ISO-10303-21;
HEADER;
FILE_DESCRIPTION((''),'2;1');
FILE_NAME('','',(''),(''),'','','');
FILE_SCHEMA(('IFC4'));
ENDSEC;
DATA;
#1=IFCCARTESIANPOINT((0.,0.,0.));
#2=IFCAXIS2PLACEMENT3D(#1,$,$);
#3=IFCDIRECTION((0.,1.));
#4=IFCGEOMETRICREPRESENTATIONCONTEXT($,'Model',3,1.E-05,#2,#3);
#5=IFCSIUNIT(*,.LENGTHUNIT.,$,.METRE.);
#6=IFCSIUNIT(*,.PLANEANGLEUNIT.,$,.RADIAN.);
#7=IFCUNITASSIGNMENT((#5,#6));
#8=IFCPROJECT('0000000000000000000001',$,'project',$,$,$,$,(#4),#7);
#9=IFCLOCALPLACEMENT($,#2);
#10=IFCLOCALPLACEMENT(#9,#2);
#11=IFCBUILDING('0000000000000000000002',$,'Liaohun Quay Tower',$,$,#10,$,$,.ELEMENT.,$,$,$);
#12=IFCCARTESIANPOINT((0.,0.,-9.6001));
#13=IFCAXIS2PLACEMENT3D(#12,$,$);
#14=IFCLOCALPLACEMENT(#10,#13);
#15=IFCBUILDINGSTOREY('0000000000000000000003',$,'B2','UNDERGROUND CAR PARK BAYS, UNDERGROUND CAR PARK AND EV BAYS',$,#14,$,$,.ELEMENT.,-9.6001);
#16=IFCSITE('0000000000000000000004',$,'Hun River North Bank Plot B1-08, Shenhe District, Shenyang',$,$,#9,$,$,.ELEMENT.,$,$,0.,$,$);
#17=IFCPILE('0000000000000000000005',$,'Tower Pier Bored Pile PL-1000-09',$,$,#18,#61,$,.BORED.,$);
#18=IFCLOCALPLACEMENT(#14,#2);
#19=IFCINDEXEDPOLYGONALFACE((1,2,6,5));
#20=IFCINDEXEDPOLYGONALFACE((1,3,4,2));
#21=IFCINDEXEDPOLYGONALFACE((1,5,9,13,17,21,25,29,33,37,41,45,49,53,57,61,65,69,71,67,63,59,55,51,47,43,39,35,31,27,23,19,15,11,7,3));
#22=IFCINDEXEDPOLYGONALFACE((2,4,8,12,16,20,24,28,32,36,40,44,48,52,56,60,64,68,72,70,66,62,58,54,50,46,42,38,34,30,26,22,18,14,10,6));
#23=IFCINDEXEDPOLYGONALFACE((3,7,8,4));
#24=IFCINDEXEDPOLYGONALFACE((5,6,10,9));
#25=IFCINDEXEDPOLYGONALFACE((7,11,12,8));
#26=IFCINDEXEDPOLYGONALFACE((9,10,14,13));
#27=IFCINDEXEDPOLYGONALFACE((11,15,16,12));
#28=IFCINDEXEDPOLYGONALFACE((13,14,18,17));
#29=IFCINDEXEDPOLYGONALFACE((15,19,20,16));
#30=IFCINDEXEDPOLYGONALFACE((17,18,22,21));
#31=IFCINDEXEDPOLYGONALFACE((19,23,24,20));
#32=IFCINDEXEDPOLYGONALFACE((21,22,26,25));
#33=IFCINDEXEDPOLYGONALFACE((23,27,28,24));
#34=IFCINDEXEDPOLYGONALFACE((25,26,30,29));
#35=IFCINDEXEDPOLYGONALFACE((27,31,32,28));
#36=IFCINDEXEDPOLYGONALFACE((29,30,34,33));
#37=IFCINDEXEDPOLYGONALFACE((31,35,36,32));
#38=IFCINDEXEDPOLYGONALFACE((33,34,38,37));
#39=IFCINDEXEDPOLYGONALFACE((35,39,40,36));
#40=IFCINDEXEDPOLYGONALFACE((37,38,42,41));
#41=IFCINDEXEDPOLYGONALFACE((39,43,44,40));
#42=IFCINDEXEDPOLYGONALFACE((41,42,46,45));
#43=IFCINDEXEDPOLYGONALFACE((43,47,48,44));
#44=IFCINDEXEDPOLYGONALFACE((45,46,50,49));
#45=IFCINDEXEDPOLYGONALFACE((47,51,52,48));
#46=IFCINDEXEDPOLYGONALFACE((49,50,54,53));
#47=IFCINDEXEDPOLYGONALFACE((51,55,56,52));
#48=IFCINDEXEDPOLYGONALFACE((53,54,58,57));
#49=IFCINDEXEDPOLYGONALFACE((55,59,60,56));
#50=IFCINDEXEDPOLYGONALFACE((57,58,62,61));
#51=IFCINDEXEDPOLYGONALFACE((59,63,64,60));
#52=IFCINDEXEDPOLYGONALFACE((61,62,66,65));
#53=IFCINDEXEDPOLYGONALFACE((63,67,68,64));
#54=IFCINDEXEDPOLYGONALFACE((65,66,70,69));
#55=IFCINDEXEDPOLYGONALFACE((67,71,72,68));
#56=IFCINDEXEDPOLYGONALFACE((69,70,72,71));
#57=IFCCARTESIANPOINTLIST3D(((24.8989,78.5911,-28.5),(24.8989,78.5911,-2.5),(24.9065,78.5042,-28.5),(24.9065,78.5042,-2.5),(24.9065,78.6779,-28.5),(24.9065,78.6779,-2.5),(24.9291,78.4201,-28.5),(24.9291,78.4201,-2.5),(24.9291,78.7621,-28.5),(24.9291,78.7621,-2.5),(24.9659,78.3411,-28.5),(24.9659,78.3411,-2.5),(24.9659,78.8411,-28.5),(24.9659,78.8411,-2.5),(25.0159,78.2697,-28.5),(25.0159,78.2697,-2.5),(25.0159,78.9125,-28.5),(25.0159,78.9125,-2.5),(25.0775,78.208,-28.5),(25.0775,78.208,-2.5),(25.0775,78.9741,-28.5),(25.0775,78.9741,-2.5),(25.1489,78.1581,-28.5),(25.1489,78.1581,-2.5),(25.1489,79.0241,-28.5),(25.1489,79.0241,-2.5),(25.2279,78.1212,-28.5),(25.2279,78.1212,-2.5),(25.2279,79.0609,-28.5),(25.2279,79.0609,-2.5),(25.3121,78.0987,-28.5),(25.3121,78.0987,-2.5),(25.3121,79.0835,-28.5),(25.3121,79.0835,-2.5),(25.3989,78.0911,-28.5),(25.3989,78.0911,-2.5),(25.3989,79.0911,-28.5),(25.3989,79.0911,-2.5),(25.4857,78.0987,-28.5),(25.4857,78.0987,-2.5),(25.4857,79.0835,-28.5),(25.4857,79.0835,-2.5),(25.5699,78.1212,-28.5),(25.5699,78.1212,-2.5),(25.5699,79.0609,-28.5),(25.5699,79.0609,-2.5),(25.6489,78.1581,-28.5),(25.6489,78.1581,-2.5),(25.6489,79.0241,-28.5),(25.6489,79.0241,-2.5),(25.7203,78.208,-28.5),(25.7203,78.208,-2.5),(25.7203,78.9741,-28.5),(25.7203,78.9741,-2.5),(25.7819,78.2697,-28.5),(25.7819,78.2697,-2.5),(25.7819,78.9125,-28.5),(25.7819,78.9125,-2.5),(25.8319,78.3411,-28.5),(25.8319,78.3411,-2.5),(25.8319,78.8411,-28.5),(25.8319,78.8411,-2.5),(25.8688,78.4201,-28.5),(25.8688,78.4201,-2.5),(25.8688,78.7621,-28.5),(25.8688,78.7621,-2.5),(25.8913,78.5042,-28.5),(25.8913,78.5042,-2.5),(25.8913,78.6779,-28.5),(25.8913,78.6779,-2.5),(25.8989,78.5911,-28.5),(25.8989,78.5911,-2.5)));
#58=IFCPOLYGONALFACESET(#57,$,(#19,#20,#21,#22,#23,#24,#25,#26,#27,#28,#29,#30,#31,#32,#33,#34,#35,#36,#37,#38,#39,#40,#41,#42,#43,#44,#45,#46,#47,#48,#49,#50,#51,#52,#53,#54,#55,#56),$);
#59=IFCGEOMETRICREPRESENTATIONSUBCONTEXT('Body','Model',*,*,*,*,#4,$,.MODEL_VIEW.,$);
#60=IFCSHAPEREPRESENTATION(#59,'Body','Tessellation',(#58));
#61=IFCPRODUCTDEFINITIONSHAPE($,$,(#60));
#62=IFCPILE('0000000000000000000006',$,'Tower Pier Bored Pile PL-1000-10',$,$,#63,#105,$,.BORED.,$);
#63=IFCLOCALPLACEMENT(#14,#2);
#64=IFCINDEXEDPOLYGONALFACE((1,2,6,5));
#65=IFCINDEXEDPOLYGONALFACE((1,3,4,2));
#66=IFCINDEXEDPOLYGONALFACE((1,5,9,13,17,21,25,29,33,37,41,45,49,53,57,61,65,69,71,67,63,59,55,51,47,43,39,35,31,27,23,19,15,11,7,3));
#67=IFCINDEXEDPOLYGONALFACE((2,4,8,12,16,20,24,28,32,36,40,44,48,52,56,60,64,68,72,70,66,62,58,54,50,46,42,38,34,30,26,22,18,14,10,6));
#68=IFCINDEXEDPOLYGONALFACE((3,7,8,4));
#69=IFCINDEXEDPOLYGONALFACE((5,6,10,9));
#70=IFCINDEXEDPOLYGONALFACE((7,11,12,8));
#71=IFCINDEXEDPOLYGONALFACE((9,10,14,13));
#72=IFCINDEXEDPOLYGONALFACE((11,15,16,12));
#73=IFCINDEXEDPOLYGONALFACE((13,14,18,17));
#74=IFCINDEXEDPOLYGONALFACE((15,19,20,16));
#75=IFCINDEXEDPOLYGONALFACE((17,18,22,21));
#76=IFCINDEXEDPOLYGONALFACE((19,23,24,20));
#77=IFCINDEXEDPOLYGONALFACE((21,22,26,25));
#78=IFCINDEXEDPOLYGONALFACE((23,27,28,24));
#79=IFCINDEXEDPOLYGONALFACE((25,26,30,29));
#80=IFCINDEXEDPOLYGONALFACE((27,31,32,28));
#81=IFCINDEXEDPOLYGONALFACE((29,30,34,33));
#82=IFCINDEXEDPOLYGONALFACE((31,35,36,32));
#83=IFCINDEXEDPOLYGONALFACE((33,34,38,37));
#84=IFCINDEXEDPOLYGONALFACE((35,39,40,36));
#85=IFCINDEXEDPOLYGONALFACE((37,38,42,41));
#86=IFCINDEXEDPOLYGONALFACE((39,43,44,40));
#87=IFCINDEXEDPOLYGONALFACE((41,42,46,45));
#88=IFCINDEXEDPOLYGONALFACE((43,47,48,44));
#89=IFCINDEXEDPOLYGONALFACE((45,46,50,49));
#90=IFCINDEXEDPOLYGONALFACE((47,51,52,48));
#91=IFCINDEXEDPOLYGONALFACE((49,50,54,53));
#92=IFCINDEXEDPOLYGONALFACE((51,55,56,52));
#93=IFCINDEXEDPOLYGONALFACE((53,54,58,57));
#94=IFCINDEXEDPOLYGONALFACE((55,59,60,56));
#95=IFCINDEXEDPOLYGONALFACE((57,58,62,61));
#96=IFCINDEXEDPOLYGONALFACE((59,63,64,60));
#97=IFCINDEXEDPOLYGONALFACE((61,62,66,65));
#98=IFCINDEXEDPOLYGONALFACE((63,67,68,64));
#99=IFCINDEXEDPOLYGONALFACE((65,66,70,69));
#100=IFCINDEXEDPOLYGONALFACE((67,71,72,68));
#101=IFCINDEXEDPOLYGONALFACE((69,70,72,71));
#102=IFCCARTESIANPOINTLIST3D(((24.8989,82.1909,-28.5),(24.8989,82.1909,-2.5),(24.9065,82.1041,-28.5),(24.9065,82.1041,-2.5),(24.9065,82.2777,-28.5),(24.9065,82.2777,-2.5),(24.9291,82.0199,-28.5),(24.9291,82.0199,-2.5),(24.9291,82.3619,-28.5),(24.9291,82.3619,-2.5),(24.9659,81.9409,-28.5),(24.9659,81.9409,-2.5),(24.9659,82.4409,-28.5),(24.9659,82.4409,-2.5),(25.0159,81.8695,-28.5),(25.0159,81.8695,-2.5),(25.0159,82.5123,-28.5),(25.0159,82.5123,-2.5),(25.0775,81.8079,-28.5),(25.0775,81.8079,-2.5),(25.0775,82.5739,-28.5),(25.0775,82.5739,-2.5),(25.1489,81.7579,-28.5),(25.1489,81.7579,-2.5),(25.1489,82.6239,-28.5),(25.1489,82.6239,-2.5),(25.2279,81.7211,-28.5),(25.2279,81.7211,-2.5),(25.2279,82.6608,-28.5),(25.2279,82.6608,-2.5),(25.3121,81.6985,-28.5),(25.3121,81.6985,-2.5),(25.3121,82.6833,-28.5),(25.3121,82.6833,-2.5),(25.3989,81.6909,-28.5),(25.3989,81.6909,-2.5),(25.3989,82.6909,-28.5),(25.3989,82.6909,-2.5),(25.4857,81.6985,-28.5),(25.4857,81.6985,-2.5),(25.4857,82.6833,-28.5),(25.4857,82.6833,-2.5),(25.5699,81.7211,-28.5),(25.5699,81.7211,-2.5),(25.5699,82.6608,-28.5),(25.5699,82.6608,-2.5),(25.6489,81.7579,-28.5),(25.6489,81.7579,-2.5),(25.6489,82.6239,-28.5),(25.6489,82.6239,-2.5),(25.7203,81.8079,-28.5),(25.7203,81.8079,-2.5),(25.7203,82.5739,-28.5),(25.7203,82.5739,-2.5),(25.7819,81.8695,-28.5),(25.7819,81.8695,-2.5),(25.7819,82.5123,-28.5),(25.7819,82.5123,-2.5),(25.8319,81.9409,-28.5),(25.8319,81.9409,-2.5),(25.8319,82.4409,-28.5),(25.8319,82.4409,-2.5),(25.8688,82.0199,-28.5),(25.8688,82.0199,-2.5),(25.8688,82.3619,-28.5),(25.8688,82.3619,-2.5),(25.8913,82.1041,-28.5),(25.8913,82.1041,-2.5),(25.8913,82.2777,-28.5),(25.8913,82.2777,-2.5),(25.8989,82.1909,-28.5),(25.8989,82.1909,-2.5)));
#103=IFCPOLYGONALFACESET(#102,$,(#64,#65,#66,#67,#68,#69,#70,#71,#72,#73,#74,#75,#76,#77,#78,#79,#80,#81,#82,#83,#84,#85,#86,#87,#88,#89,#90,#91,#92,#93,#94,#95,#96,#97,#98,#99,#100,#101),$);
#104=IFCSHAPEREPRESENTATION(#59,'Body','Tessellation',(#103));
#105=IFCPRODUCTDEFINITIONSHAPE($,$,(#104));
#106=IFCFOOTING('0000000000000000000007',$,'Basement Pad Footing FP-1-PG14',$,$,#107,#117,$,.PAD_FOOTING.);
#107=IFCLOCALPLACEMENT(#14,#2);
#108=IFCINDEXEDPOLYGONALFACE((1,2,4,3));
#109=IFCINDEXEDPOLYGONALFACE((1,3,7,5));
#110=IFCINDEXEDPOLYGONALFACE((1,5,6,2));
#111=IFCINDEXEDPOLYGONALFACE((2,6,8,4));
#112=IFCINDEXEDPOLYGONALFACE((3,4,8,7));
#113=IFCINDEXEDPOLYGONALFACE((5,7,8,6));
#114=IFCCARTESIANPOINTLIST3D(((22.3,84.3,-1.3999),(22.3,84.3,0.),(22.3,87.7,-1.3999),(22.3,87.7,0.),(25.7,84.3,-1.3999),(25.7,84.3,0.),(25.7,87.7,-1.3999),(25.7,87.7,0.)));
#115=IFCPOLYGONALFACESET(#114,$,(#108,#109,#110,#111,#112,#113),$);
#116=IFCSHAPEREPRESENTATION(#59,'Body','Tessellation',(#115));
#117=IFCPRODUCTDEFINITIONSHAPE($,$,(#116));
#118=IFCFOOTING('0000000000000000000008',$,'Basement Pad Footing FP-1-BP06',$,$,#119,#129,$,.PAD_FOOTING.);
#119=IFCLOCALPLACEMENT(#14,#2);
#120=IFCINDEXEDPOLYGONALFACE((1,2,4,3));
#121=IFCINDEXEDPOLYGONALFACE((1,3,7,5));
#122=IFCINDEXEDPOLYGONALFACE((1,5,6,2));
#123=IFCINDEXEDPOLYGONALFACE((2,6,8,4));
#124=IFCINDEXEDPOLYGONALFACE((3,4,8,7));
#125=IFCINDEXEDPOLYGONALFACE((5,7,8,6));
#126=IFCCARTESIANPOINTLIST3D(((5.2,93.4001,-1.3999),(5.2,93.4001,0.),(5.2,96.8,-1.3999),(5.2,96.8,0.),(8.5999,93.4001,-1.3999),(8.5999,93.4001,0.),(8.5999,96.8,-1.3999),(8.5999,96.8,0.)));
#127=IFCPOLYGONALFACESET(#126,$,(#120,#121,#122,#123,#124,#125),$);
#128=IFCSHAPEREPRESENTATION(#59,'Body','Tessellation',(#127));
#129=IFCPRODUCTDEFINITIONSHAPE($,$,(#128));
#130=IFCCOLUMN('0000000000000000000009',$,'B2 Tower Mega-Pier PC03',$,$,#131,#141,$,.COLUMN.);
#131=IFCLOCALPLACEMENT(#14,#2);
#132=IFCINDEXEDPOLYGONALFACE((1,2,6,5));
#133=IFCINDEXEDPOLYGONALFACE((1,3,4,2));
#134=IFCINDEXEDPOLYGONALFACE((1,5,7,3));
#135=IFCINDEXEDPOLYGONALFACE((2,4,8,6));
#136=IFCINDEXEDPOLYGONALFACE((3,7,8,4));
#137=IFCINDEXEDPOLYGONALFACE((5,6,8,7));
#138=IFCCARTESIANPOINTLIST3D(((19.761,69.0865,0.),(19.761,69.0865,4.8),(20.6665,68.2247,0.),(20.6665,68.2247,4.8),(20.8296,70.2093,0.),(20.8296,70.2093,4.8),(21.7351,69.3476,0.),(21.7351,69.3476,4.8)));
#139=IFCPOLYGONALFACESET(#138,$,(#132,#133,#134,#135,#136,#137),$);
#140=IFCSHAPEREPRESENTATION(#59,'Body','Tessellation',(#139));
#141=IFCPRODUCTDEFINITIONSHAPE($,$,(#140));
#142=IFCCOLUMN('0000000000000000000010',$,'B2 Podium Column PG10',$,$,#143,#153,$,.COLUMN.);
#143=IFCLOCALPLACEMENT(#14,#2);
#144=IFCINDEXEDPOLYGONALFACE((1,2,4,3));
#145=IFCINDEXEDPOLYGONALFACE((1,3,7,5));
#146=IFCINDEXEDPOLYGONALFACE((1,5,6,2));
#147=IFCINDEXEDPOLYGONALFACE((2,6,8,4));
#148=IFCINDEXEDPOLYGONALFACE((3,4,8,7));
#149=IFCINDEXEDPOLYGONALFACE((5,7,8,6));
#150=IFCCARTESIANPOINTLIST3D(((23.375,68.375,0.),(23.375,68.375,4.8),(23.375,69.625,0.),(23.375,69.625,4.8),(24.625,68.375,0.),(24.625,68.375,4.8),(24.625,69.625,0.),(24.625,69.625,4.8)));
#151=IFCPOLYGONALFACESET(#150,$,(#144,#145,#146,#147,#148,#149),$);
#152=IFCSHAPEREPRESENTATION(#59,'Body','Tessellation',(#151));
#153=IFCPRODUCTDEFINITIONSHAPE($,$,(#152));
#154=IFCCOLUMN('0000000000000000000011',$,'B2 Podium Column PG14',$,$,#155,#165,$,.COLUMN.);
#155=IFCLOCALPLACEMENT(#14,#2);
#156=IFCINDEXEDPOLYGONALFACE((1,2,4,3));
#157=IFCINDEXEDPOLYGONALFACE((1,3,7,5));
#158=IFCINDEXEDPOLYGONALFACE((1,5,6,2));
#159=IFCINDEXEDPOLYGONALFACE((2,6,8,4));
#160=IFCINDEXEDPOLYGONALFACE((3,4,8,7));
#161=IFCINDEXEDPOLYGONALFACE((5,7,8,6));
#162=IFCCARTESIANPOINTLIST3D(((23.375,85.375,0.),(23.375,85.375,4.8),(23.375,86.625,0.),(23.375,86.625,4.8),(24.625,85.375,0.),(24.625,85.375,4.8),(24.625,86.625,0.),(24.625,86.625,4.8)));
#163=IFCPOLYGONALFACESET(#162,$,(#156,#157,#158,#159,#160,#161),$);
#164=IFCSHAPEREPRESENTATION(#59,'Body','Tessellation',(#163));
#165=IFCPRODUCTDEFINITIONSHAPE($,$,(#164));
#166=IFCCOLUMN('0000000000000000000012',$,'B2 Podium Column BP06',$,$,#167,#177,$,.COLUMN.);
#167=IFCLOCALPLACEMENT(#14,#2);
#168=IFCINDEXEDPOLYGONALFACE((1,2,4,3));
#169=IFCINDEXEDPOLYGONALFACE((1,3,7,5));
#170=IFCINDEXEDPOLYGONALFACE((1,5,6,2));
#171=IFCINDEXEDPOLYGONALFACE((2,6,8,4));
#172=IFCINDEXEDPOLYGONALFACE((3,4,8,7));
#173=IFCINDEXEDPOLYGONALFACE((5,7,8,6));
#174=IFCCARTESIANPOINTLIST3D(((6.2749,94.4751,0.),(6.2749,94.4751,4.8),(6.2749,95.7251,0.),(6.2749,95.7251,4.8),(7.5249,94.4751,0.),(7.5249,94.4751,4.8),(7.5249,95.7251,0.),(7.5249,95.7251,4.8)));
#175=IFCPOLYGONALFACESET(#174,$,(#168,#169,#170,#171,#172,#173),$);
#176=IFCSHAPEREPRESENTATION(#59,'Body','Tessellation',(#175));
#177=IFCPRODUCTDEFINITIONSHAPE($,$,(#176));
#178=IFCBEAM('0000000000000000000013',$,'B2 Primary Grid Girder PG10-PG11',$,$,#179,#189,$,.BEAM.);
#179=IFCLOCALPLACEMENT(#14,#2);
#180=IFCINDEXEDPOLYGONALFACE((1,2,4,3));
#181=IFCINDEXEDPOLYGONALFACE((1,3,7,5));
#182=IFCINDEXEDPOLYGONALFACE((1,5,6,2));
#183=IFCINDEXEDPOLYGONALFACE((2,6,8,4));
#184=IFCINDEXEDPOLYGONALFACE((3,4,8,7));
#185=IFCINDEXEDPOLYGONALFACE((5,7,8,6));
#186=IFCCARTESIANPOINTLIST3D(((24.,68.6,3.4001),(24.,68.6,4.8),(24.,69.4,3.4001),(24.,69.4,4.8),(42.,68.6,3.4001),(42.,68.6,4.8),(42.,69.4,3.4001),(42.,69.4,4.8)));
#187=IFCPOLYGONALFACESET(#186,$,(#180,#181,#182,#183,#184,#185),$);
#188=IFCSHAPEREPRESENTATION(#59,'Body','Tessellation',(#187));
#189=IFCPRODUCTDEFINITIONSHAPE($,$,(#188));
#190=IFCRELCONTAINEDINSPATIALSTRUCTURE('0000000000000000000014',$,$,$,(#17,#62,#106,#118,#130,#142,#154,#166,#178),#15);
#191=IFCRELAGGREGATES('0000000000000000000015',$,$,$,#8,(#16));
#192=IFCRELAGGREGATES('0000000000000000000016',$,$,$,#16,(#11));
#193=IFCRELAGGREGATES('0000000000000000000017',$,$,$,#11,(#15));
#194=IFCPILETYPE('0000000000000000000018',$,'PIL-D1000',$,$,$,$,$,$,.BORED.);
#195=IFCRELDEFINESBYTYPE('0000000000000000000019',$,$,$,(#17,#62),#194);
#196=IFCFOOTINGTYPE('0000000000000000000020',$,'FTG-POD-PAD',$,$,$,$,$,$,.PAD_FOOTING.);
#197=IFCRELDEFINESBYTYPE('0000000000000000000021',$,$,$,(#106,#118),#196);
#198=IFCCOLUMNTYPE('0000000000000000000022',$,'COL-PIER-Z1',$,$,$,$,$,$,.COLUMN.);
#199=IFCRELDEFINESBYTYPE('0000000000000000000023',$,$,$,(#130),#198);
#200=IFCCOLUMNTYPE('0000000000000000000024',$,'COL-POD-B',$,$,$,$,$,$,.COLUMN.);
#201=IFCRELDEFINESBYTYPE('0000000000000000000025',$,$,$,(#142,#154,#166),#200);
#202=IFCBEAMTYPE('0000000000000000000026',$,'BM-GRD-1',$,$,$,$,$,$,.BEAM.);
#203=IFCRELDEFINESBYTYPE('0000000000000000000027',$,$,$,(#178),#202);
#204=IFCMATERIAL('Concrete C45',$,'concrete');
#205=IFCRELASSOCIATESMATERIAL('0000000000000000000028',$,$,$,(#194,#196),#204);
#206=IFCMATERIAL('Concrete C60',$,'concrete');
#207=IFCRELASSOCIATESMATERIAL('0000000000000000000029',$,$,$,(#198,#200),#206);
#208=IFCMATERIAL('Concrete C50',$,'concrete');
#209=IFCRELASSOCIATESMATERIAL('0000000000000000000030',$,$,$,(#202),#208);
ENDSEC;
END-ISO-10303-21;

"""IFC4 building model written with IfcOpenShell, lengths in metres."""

from ifc_helpers import new_model, si_unit, direction, frame, origin, origin_2d, place, context, subcontext, project, spatial, rectangle, circle, extrude, source, transform, mapped, material, material_profile, profile_set, type_object, element, save


model = new_model("IFC4")

# Units and contexts
model_context = context("Model", 3, precision=1e-05, world=origin(), true_north=direction((0.0, 1.0)))
body_context = subcontext(model_context, "Body", "Model", "MODEL_VIEW")
ifc_project = project(units=[si_unit("LENGTHUNIT", "METRE"), si_unit("PLANEANGLEUNIT", "RADIAN")], contexts=[model_context])

# Site, building, storey
site_placement = place(None, origin())
site = spatial("IfcSite", under=ifc_project, at=site_placement, Name="Hun River North Bank Plot B1-08, Shenhe District, Shenyang", CompositionType="ELEMENT", RefElevation=0.0)
building_placement = place(site_placement, origin())
building = spatial("IfcBuilding", under=site, at=building_placement, Name="Liaohun Quay Tower", CompositionType="ELEMENT")
storey_placement = place(building_placement, frame((0.0, 0.0, -9.6001)))
storey = spatial("IfcBuildingStorey", under=building, at=storey_placement, Name="B2", Description="UNDERGROUND CAR PARK BAYS, UNDERGROUND CAR PARK AND EV BAYS", CompositionType="ELEMENT", Elevation=-9.6001)

# Shared definitions
ifc_material_1 = material(Name="Concrete C50", Category="concrete")

# Piles
ifc_material_2 = material(Name="Concrete C45", Category="concrete")
ifc_material_profile_1 = material_profile(ifc_material_2, circle(Radius=0.5, at=origin_2d()), Name="PILE-D1000")
ifc_profile_set_1 = profile_set([ifc_material_profile_1], Name="Concrete C45")
pile_type = type_object("IfcPileType", Name="PIL-D1000", PredefinedType="BORED", material=ifc_profile_set_1)
shared_shape_1 = source(origin(), body_context, "Body", "SweptSolid", [
    extrude(circle(Radius=0.5, at=origin_2d()), origin(), (0.0, 0.0, 1.0), 26.0),
])
for number, where, z_axis, x_axis, name in (
    (1, (25.3989, 78.5911, -2.5), (0.0, 0.0, -1.0), (1.0, 0.0, 0.0), "Tower Pier Bored Pile PL-1000-09"),
    (2, (25.3989, 82.1909, -2.5), (0.0, 0.0, -1.0), (1.0, 0.0, 0.0), "Tower Pier Bored Pile PL-1000-10"),
):
    element("IfcPile", number, at=place(storey_placement, frame(where, z_axis=z_axis, x_axis=x_axis)), inside=storey, type_object=pile_type, Name=name, PredefinedType="BORED", context=body_context, shape_type="MappedRepresentation", body=[
        mapped(shared_shape_1, transform((0.0, 0.0, 0.0), x_axis=(1.0, 0.0, 0.0), y_axis=(0.0, 1.0, 0.0), z_axis=(0.0, 0.0, 1.0), scale=1.0)),
    ])

# Footings
footing_type_1 = type_object("IfcFootingType", Name="FTG-POD-PAD", PredefinedType="PAD_FOOTING", material=ifc_material_2)
shared_shape_2 = source(origin(), body_context, "Body", "SweptSolid", [
    extrude(rectangle(XDim=3.3999, YDim=3.3999, at=origin_2d()), origin(), (0.0, 0.0, 1.0), 1.3999),
])
for number, where, z_axis, x_axis, name in (
    (3, (24.0, 86.0, -1.3999), (0.0, 0.0, 1.0), (1.0, 0.0, 0.0), "Basement Pad Footing FP-1-PG14"),
    (4, (6.8999, 95.1001, -1.3999), (0.0, 0.0, 1.0), (1.0, 0.0, 0.0), "Basement Pad Footing FP-1-BP06"),
):
    element("IfcFooting", number, at=place(storey_placement, frame(where, z_axis=z_axis, x_axis=x_axis)), inside=storey, type_object=footing_type_1, Name=name, PredefinedType="PAD_FOOTING", context=body_context, shape_type="MappedRepresentation", body=[
        mapped(shared_shape_2, transform((0.0, 0.0, 0.0), x_axis=(1.0, 0.0, 0.0), y_axis=(0.0, 1.0, 0.0), z_axis=(0.0, 0.0, 1.0), scale=1.0)),
    ])

# Columns
ifc_material_3 = material(Name="Concrete C60", Category="concrete")
ifc_material_profile_2 = material_profile(ifc_material_3, rectangle(XDim=1.55, YDim=1.25, at=origin_2d()), Name="RC1550x1250")
ifc_profile_set_2 = profile_set([ifc_material_profile_2], Name="Concrete C60")
column_type_1 = type_object("IfcColumnType", Name="COL-PIER-Z1", PredefinedType="COLUMN", material=ifc_profile_set_2)
shared_shape_3 = source(origin(), body_context, "Body", "SweptSolid", [
    extrude(rectangle(XDim=1.55, YDim=1.25, at=origin_2d()), origin(), (0.0, 0.0, 1.0), 4.8),
])
column_placement = place(storey_placement, frame((20.748, 69.217, 0.0), z_axis=(0.0, 0.0, 1.0), x_axis=(0.689367, 0.724413, 0.0)))
element("IfcColumn", 5, at=column_placement, inside=storey, type_object=column_type_1, Name="B2 Tower Mega-Pier PC03", PredefinedType="COLUMN", context=body_context, shape_type="MappedRepresentation", body=[
    mapped(shared_shape_3, transform((0.0, 0.0, 0.0), x_axis=(1.0, 0.0, 0.0), y_axis=(0.0, 1.0, 0.0), z_axis=(0.0, 0.0, 1.0), scale=1.0)),
])
ifc_material_profile_3 = material_profile(ifc_material_3, rectangle(XDim=1.25, YDim=1.25, at=origin_2d()), Name="RC1250x1250")
ifc_profile_set_3 = profile_set([ifc_material_profile_3], Name="Concrete C60")
column_type_2 = type_object("IfcColumnType", Name="COL-POD-B", PredefinedType="COLUMN", material=ifc_profile_set_3)
shared_shape_4 = source(origin(), body_context, "Body", "SweptSolid", [
    extrude(rectangle(XDim=1.25, YDim=1.25, at=origin_2d()), origin(), (0.0, 0.0, 1.0), 4.8),
])
for number, where, z_axis, x_axis, name in (
    (6, (24.0, 69.0, 0.0), (0.0, 0.0, 1.0), (1.0, 0.0, 0.0), "B2 Podium Column PG10"),
    (7, (24.0, 86.0, 0.0), (0.0, 0.0, 1.0), (1.0, 0.0, 0.0), "B2 Podium Column PG14"),
    (8, (6.8999, 95.1001, 0.0), (0.0, 0.0, 1.0), (1.0, 0.0, 0.0), "B2 Podium Column BP06"),
):
    element("IfcColumn", number, at=place(storey_placement, frame(where, z_axis=z_axis, x_axis=x_axis)), inside=storey, type_object=column_type_2, Name=name, PredefinedType="COLUMN", context=body_context, shape_type="MappedRepresentation", body=[
        mapped(shared_shape_4, transform((0.0, 0.0, 0.0), x_axis=(1.0, 0.0, 0.0), y_axis=(0.0, 1.0, 0.0), z_axis=(0.0, 0.0, 1.0), scale=1.0)),
    ])

# Beam
ifc_material_profile_4 = material_profile(ifc_material_1, rectangle(XDim=0.8, YDim=1.3999, at=origin_2d()), Name="RC800x1400")
ifc_profile_set_4 = profile_set([ifc_material_profile_4], Name="Concrete C50")
beam_type_1 = type_object("IfcBeamType", Name="BM-GRD-1", PredefinedType="BEAM", material=ifc_profile_set_4)
shared_shape_5 = source(origin(), body_context, "Body", "SweptSolid", [
    extrude(rectangle(XDim=0.8, YDim=1.3999, at=origin_2d()), origin(), (0.0, 0.0, 1.0), 18.0),
])
for number, where, z_axis, x_axis, name in (
    (9, (24.0, 69.0, 4.1001), (1.0, 0.0, 0.0), (0.0, 1.0, 0.0), "B2 Primary Grid Girder PG10-PG11"),
):
    element("IfcBeam", number, at=place(storey_placement, frame(where, z_axis=z_axis, x_axis=x_axis)), inside=storey, type_object=beam_type_1, Name=name, PredefinedType="BEAM", context=body_context, shape_type="MappedRepresentation", body=[
        mapped(shared_shape_5, transform((0.0, 0.0, 0.0), x_axis=(1.0, 0.0, 0.0), y_axis=(0.0, 1.0, 0.0), z_axis=(0.0, 0.0, 1.0), scale=1.0)),
    ])

save(model, "model.ifc")
